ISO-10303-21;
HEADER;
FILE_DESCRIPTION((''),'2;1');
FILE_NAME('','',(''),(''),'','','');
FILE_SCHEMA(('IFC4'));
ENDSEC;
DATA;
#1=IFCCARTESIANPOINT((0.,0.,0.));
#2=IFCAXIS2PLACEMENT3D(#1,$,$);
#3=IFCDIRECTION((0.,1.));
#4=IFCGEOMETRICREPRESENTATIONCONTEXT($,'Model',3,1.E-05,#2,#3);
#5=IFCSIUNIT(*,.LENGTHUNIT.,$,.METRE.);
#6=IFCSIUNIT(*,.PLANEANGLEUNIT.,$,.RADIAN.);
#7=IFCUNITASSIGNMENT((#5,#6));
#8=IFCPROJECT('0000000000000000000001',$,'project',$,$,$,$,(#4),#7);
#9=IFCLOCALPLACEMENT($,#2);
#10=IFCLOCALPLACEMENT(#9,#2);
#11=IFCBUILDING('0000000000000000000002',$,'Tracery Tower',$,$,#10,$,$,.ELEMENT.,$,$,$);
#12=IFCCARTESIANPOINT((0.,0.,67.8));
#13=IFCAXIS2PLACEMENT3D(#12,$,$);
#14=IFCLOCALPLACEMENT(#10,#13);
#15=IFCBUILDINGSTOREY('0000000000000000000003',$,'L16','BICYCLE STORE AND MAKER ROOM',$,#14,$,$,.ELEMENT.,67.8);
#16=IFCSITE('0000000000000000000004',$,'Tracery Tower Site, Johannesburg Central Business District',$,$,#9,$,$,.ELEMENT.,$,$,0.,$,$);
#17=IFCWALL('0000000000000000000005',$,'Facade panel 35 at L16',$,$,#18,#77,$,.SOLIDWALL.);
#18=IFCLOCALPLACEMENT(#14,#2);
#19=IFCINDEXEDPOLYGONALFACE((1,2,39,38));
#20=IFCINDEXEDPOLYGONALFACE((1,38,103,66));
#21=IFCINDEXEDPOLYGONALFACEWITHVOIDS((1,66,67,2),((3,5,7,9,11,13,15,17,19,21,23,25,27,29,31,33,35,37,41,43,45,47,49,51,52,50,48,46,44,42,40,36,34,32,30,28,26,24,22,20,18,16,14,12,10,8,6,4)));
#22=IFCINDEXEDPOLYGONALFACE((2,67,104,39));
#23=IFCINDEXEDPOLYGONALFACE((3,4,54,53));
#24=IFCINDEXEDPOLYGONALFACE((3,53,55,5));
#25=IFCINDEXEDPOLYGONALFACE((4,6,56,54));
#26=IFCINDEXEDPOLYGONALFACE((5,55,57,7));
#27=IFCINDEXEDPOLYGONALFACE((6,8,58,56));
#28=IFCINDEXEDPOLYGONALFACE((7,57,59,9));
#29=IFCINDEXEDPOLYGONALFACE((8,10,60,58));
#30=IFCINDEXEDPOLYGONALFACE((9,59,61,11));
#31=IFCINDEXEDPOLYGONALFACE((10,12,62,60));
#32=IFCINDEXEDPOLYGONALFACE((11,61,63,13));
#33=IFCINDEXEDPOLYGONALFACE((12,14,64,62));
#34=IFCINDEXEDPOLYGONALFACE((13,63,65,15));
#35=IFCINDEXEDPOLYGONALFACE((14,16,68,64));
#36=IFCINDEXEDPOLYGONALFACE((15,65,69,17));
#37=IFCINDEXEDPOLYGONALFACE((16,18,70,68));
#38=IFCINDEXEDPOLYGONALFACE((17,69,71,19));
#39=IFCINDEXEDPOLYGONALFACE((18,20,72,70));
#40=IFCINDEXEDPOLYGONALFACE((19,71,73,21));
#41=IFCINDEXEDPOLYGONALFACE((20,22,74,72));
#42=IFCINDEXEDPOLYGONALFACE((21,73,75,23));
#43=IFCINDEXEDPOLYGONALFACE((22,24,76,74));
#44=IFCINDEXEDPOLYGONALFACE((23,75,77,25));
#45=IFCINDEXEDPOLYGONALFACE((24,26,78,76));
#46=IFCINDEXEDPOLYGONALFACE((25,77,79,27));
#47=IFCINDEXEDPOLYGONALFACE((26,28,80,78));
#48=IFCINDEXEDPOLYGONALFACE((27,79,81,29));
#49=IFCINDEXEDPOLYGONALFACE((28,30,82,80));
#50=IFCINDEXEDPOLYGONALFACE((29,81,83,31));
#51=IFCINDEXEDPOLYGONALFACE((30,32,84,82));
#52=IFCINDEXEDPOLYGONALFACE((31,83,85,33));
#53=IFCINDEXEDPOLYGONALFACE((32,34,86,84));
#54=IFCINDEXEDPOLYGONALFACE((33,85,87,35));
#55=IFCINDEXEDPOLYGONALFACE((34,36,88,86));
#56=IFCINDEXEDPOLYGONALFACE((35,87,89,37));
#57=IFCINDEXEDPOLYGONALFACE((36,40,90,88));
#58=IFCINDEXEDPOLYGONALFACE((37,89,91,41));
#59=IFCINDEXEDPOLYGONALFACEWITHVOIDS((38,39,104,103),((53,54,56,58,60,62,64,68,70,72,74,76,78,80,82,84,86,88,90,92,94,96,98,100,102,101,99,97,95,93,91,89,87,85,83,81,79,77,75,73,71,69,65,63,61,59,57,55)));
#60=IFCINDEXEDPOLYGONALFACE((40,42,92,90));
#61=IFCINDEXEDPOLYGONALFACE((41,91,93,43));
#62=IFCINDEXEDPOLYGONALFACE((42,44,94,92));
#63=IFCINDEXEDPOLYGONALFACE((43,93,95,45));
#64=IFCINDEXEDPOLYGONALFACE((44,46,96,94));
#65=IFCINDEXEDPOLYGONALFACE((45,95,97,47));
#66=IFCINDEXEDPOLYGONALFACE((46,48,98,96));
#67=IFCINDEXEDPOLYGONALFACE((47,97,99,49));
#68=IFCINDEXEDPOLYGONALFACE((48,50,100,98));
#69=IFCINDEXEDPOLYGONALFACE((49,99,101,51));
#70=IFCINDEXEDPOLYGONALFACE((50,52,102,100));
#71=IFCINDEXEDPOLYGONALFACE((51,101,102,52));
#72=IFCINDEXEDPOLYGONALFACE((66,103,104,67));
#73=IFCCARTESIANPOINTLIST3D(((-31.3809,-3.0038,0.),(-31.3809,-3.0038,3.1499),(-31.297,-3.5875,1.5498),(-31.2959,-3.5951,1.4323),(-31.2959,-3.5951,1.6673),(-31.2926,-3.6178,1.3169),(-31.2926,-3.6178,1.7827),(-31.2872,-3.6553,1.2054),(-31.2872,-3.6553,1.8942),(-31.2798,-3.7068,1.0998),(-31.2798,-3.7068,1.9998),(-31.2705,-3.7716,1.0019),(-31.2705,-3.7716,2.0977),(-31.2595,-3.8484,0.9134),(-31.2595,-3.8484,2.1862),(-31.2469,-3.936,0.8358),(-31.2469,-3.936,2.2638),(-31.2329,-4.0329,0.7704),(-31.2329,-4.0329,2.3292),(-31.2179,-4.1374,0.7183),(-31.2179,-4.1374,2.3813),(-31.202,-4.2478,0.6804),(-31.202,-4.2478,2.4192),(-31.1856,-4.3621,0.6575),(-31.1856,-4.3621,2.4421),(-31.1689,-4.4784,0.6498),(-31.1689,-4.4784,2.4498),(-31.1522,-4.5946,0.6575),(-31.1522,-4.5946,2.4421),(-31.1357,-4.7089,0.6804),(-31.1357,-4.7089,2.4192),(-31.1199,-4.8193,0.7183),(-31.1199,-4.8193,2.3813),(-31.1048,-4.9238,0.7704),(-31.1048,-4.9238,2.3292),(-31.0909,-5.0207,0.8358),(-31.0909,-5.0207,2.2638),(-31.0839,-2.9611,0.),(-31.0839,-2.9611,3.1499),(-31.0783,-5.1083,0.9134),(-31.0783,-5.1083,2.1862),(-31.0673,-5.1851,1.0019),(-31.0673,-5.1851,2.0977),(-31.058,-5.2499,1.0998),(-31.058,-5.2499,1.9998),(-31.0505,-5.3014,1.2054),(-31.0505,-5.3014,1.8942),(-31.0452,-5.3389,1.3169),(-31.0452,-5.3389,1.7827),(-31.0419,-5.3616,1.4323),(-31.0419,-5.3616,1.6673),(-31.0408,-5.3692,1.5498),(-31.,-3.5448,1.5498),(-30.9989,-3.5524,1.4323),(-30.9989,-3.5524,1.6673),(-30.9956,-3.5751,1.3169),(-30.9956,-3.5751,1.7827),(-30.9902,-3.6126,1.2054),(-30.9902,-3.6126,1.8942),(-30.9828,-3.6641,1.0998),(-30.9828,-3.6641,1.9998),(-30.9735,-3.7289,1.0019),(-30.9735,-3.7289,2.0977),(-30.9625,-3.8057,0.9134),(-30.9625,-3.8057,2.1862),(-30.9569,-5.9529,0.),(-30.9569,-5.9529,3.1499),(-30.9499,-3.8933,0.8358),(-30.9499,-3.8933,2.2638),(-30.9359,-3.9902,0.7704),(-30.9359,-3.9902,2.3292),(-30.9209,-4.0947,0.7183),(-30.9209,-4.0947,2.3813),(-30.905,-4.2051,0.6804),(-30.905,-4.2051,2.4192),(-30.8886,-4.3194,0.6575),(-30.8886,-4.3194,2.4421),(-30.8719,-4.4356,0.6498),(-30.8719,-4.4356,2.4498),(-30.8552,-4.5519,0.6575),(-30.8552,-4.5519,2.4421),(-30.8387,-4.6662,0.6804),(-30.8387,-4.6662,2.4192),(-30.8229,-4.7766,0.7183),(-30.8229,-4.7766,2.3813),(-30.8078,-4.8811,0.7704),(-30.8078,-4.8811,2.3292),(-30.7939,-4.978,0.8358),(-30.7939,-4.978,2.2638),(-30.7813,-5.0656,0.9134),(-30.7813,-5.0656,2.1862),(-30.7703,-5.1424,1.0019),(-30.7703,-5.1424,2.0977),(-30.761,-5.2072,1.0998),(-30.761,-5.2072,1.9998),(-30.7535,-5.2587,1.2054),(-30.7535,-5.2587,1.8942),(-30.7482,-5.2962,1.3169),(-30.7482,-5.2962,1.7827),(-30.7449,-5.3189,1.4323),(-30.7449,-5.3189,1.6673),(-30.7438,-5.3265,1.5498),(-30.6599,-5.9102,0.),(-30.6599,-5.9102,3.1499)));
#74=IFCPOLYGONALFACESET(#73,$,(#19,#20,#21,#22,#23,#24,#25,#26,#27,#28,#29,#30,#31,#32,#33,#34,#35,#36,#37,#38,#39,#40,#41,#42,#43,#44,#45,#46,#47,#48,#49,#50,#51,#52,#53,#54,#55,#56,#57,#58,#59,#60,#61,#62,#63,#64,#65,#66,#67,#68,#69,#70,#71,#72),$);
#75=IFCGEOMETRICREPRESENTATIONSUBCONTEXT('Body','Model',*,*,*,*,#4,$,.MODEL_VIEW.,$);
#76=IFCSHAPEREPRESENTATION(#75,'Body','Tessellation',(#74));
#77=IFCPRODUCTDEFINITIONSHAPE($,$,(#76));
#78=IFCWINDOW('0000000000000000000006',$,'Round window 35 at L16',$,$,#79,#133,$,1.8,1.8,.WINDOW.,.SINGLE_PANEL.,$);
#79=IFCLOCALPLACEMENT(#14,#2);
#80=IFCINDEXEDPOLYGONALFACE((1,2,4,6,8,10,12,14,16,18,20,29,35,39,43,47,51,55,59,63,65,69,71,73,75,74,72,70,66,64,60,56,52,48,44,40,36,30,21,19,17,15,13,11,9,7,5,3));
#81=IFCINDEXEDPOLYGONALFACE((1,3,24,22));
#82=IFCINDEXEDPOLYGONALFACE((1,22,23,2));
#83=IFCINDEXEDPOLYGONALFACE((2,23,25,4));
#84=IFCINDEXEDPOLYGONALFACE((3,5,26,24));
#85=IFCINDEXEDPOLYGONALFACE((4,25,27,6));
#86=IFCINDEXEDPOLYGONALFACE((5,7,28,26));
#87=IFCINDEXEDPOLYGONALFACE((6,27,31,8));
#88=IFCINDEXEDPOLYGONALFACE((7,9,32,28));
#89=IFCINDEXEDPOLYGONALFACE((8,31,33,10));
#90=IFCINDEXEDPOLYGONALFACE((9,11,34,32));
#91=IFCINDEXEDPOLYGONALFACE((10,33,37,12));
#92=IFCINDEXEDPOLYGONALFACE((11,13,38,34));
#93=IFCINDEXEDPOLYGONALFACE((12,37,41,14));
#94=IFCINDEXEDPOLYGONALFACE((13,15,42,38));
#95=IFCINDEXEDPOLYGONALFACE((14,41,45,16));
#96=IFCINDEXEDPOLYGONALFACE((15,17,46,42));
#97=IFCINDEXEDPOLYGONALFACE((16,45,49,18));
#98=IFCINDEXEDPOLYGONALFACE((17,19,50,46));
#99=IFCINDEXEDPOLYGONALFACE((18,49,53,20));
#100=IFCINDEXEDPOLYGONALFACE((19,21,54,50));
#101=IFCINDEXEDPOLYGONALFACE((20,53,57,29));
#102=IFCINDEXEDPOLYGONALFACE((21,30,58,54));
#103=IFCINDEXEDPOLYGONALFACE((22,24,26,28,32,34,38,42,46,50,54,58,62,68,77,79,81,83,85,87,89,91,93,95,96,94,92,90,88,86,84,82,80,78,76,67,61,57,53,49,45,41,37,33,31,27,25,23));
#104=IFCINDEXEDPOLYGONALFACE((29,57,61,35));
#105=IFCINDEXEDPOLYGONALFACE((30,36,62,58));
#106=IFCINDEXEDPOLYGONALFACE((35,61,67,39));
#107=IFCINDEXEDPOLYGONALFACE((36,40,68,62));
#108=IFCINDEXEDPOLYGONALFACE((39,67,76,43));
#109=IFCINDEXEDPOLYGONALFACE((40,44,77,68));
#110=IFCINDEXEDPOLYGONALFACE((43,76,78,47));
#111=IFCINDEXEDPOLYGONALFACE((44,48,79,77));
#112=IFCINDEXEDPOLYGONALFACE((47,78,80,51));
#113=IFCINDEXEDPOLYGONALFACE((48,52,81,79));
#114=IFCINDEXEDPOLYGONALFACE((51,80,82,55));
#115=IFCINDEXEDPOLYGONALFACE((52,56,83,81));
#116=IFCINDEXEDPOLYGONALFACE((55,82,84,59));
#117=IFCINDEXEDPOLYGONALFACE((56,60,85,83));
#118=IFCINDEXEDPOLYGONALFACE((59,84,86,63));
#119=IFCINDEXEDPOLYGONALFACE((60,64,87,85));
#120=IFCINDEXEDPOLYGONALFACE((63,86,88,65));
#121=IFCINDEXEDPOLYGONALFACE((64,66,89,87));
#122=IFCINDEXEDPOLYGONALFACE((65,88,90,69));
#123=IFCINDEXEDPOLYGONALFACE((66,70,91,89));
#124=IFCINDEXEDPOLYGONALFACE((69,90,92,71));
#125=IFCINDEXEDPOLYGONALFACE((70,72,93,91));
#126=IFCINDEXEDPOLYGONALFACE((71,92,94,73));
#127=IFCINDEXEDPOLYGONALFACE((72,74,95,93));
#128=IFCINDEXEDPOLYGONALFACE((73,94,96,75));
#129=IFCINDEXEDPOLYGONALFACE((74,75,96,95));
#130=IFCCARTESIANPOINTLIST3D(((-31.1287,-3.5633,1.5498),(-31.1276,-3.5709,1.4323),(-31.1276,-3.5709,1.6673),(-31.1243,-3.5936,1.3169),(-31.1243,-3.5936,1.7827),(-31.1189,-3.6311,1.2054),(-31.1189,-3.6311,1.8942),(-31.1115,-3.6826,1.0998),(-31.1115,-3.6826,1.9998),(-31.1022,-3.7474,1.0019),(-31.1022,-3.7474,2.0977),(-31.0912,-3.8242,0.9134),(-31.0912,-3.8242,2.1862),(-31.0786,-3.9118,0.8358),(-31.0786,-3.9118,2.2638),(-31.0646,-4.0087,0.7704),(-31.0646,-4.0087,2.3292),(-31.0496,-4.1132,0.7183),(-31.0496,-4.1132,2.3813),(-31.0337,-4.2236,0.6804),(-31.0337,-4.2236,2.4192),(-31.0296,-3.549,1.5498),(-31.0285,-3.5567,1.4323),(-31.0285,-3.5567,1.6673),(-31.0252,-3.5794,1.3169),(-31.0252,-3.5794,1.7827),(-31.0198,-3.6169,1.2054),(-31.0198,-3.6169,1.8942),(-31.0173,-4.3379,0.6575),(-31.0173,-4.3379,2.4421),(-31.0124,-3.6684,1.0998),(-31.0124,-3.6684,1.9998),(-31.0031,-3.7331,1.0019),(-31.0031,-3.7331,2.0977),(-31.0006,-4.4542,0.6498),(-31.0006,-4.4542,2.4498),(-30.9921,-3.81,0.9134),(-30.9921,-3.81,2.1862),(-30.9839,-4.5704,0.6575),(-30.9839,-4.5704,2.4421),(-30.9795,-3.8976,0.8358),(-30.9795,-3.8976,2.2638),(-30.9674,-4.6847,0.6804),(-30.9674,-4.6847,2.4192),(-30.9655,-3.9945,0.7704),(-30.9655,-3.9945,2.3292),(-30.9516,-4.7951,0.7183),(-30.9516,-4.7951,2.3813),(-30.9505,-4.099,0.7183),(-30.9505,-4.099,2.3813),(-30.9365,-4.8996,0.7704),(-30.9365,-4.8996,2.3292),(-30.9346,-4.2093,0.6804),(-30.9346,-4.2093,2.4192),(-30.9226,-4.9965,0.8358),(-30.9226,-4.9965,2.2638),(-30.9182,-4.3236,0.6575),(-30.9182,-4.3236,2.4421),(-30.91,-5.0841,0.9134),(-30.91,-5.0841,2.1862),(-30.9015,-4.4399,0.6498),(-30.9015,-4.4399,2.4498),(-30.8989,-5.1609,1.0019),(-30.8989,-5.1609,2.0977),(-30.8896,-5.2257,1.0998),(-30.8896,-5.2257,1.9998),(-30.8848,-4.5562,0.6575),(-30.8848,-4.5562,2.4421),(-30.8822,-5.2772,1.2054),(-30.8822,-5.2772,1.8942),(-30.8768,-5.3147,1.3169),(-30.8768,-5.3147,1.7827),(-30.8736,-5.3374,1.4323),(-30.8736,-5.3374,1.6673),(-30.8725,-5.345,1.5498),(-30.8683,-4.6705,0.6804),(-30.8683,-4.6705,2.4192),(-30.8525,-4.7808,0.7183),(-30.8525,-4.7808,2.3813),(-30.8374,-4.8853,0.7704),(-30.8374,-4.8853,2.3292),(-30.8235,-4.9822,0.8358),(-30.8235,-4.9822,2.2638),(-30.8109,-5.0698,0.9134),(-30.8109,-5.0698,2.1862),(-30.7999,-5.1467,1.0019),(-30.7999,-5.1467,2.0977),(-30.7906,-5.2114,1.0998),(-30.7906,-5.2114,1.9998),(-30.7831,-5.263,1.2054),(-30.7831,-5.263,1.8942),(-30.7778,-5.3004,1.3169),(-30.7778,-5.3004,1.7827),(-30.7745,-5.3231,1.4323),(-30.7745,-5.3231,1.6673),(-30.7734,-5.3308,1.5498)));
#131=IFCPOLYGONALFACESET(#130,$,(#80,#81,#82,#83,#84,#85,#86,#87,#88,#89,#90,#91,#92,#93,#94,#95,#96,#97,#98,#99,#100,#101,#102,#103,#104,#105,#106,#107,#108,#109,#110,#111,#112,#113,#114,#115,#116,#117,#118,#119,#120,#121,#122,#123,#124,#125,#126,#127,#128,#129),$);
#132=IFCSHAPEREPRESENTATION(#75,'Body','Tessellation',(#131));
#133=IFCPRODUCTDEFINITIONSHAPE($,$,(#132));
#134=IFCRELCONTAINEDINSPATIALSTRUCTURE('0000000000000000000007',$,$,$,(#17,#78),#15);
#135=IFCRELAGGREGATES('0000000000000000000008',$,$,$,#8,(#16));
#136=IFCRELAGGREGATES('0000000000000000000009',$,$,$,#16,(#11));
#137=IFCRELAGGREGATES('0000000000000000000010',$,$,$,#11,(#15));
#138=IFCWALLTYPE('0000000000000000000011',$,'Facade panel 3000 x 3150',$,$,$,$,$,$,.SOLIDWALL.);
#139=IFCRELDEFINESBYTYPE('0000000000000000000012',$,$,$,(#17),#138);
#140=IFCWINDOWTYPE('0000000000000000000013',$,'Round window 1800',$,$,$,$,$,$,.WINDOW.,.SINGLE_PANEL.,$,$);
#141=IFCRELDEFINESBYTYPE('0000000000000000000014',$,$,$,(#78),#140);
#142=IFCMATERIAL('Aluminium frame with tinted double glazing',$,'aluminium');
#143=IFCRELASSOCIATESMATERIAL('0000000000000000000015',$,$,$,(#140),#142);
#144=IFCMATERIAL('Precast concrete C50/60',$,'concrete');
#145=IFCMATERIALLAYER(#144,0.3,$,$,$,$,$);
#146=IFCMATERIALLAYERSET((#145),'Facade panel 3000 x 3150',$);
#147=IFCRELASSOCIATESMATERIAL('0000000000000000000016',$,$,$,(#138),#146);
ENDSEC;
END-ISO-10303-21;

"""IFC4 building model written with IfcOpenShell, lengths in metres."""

from ifc_helpers import new_model, si_unit, direction, frame, frame_2d, origin, origin_2d, place, context, subcontext, project, spatial, rectangle, circle, extrude, material, layer, layer_set, type_object, element, fill, save


model = new_model("IFC4")

# Units and contexts
model_context = context("Model", 3, precision=1e-05, world=origin(), true_north=direction((0.0, 1.0)))
body_context = subcontext(model_context, "Body", "Model", "MODEL_VIEW")
ifc_project = project(units=[si_unit("LENGTHUNIT", "METRE"), si_unit("PLANEANGLEUNIT", "RADIAN")], contexts=[model_context])

# Site, building, storey
site_placement = place(None, origin())
site = spatial("IfcSite", under=ifc_project, at=site_placement, Name="Tracery Tower Site, Johannesburg Central Business District", CompositionType="ELEMENT", RefElevation=0.0)
building_placement = place(site_placement, origin())
building = spatial("IfcBuilding", under=site, at=building_placement, Name="Tracery Tower", CompositionType="ELEMENT")
storey_placement = place(building_placement, frame((0.0, 0.0, 67.8)))
storey = spatial("IfcBuildingStorey", under=building, at=storey_placement, Name="L16", Description="BICYCLE STORE AND MAKER ROOM", CompositionType="ELEMENT", Elevation=67.8)

# Wall, opening, window
ifc_material_1 = material(Name="Aluminium frame with tinted double glazing", Category="aluminium")
window_type = type_object("IfcWindowType", Name="Round window 1800", PartitioningType="SINGLE_PANEL", PredefinedType="WINDOW", material=ifc_material_1)
ifc_material_2 = material(Name="Precast concrete C50/60", Category="concrete")
ifc_layer_1 = layer(ifc_material_2, 0.3)
ifc_layer_set_1 = layer_set([ifc_layer_1], Name="Facade panel 3000 x 3150")
wall_type_1 = type_object("IfcWallType", Name="Facade panel 3000 x 3150", PredefinedType="SOLIDWALL", material=ifc_layer_set_1)
wall_1_placement = place(storey_placement, frame((-31.2324, -2.9824, 0.0), z_axis=(0.0, 0.0, 1.0), x_axis=(0.142328, -0.98982, 0.0)))
wall_1 = element("IfcWall", 1, at=wall_1_placement, inside=storey, type_object=wall_type_1, Name="Facade panel 35 at L16", PredefinedType="SOLIDWALL", context=body_context, shape_type="SweptSolid", body=[
    extrude(rectangle(XDim=2.9795, YDim=0.3, at=frame_2d((1.4897, 0.0))), origin(), (0.0, 0.0, 1.0), 3.1499),
])
opening_1_placement = place(wall_1_placement, frame((1.4897, 0.0, 1.5498)))
opening_1 = element("IfcOpeningElement", 2, at=opening_1_placement, cuts=wall_1, PredefinedType="OPENING", context=body_context, shape_type="SweptSolid", body=[
    extrude(circle(Radius=0.9, at=origin_2d()), frame((0.0, 0.1599, 0.0), z_axis=(0.0, -1.0, 0.0), x_axis=(1.0, 0.0, 0.0)), (0.0, 0.0, 1.0), 0.3201),
])
window_1_placement = place(opening_1_placement, origin())
window_1 = element("IfcWindow", 3, at=window_1_placement, inside=storey, type_object=window_type, Name="Round window 35 at L16", OverallHeight=1.8, OverallWidth=1.8, PartitioningType="SINGLE_PANEL", PredefinedType="WINDOW", context=body_context, shape_type="SweptSolid", body=[
    extrude(circle(Radius=0.9, at=origin_2d()), frame((0.0, 0.1201, 0.0), z_axis=(0.0, -1.0, 0.0), x_axis=(1.0, 0.0, 0.0)), (0.0, 0.0, 1.0), 0.1001),
])
fill(opening_1, window_1)

save(model, "model.ifc")
